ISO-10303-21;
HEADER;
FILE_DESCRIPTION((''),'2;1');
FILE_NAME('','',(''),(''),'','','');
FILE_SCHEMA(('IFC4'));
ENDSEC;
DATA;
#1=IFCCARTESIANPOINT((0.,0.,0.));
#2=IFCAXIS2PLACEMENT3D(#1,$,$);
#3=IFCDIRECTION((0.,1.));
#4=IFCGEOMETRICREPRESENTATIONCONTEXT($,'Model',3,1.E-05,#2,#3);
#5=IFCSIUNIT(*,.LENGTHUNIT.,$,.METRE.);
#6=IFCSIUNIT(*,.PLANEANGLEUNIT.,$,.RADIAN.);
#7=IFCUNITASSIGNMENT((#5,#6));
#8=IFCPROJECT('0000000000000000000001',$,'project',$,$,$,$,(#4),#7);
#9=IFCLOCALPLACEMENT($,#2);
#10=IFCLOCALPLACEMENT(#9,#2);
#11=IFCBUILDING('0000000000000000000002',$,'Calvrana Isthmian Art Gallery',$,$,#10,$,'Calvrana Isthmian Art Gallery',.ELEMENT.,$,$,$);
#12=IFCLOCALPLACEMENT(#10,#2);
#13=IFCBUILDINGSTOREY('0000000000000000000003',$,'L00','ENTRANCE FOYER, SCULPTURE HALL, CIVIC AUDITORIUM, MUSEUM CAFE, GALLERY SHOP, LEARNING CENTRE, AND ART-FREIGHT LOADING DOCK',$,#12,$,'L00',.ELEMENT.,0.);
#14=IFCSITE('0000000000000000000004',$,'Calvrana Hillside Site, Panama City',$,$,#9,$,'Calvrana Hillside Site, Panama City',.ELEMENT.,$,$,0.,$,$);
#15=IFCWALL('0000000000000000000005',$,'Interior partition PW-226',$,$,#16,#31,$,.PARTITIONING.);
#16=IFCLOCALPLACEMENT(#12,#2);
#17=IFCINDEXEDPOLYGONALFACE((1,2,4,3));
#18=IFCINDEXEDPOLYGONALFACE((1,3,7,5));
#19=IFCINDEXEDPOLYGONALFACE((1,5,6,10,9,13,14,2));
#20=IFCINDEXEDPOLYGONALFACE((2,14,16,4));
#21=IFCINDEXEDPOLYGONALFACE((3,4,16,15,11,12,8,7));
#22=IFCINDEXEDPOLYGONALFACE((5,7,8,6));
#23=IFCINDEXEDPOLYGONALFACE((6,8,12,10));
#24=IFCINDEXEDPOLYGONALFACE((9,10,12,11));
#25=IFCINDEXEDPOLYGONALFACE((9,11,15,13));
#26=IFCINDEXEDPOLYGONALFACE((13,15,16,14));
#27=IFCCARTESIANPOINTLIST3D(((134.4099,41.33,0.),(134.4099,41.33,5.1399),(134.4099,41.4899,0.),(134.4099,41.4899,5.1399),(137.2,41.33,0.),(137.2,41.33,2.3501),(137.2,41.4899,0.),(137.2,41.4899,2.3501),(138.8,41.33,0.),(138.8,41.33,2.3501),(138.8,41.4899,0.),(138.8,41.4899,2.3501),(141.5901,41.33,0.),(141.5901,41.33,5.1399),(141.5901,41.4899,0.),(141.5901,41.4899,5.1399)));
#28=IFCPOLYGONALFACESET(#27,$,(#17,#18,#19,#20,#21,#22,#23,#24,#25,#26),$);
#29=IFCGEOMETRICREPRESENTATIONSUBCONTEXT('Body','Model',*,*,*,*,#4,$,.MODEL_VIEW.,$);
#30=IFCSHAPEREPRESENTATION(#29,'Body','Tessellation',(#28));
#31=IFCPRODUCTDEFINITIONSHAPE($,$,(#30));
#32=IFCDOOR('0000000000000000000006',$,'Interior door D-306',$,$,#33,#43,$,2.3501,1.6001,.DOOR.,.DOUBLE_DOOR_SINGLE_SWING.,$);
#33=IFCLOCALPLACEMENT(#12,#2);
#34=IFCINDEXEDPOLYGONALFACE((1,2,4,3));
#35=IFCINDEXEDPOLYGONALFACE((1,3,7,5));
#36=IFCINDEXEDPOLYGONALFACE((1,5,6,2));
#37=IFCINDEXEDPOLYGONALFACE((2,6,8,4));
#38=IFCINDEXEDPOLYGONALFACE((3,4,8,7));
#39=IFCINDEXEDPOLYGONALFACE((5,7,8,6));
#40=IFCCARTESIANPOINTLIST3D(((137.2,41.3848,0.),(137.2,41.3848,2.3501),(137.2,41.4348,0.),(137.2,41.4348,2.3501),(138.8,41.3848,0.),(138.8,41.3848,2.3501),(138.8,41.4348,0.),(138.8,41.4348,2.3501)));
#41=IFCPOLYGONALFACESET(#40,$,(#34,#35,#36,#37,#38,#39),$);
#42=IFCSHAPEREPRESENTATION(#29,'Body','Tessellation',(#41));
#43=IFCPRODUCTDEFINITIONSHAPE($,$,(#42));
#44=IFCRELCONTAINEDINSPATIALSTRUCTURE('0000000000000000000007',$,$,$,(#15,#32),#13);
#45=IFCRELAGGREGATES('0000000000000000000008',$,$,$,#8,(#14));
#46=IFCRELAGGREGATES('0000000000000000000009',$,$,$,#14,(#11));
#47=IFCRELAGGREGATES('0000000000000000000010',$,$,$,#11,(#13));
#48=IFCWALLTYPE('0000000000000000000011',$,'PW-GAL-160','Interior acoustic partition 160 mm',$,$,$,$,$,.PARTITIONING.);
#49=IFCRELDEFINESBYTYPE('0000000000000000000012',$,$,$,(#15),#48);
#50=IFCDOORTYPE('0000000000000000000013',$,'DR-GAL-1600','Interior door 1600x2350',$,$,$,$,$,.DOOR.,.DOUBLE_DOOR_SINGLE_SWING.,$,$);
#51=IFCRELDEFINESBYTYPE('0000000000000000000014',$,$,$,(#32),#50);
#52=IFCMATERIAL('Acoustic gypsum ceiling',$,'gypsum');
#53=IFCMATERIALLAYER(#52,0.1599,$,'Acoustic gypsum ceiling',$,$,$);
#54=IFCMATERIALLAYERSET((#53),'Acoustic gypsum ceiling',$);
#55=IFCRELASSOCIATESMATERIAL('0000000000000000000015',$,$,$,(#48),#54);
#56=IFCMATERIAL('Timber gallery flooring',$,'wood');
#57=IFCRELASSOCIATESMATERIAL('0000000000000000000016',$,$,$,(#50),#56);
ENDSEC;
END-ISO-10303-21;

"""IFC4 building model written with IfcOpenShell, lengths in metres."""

from ifc_helpers import new_model, si_unit, direction, frame, frame_2d, origin, place, context, subcontext, project, spatial, rectangle, extrude, material, layer, layer_set, type_object, element, fill, save


model = new_model("IFC4")

# Units and contexts
model_context = context("Model", 3, precision=1e-05, world=origin(), true_north=direction((0.0, 1.0)))
body_context = subcontext(model_context, "Body", "Model", "MODEL_VIEW")
ifc_project = project(units=[si_unit("LENGTHUNIT", "METRE"), si_unit("PLANEANGLEUNIT", "RADIAN")], contexts=[model_context])

# Site, building, storey
site_placement = place(None, origin())
site = spatial("IfcSite", under=ifc_project, at=site_placement, Name="Calvrana Hillside Site, Panama City", LongName="Calvrana Hillside Site, Panama City", CompositionType="ELEMENT", RefElevation=0.0)
building_placement = place(site_placement, origin())
building = spatial("IfcBuilding", under=site, at=building_placement, Name="Calvrana Isthmian Art Gallery", LongName="Calvrana Isthmian Art Gallery", CompositionType="ELEMENT")
storey_placement = place(building_placement, origin())
storey = spatial("IfcBuildingStorey", under=building, at=storey_placement, Name="L00", Description="ENTRANCE FOYER, SCULPTURE HALL, CIVIC AUDITORIUM, MUSEUM CAFE, GALLERY SHOP, LEARNING CENTRE, AND ART-FREIGHT LOADING DOCK", LongName="L00", CompositionType="ELEMENT", Elevation=0.0)

# Shared definitions
ifc_material_1 = material(Name="Acoustic gypsum ceiling", Category="gypsum")
ifc_layer_1 = layer(ifc_material_1, 0.1599, Name="Acoustic gypsum ceiling")
ifc_layer_set_1 = layer_set([ifc_layer_1], Name="Acoustic gypsum ceiling")
wall_type_1 = type_object("IfcWallType", Name="PW-GAL-160", Description="Interior acoustic partition 160 mm", PredefinedType="PARTITIONING", material=ifc_layer_set_1)

# Shared definitions
ifc_material_2 = material(Name="Timber gallery flooring", Category="wood")

# Wall, opening, door
wall_1_placement = place(storey_placement, frame((134.4099, 41.4099, 0.0), z_axis=(0.0, 0.0, 1.0), x_axis=(1.0, 0.0, 0.0)))
wall_1 = element("IfcWall", 1, at=wall_1_placement, inside=storey, type_object=wall_type_1, Name="Interior partition PW-226", PredefinedType="PARTITIONING", context=body_context, shape_type="SweptSolid", body=[
    extrude(rectangle(XDim=7.1802, YDim=0.1599, at=frame_2d((3.5901, 0.0))), origin(), (0.0, 0.0, 1.0), 5.1399),
])
opening_1_placement = place(wall_1_placement, frame((2.79, 0.0, 0.0)))
opening_1 = element("IfcOpeningElement", 2, at=opening_1_placement, cuts=wall_1, PredefinedType="OPENING", context=body_context, shape_type="SweptSolid", body=[
    extrude(rectangle(XDim=1.6001, YDim=2.3501, at=frame_2d((0.8, 1.175))), frame((0.0, 0.0903, 0.0), z_axis=(0.0, -1.0, 0.0), x_axis=(1.0, 0.0, 0.0)), (0.0, 0.0, 1.0), 0.1804),
])
door_type_1 = type_object("IfcDoorType", Name="DR-GAL-1600", Description="Interior door 1600x2350", OperationType="DOUBLE_DOOR_SINGLE_SWING", PredefinedType="DOOR", material=ifc_material_2)
door_1_placement = place(opening_1_placement, origin())
door_1 = element("IfcDoor", 3, at=door_1_placement, inside=storey, type_object=door_type_1, Name="Interior door D-306", OperationType="DOUBLE_DOOR_SINGLE_SWING", OverallHeight=2.3501, OverallWidth=1.6001, PredefinedType="DOOR", context=body_context, shape_type="SweptSolid", body=[
    extrude(rectangle(XDim=1.6001, YDim=2.3501, at=frame_2d((0.8, 1.175))), frame((0.0, 0.0249, 0.0), z_axis=(0.0, -1.0, 0.0), x_axis=(1.0, 0.0, 0.0)), (0.0, 0.0, 1.0), 0.05),
])
fill(opening_1, door_1)

save(model, "model.ifc")
